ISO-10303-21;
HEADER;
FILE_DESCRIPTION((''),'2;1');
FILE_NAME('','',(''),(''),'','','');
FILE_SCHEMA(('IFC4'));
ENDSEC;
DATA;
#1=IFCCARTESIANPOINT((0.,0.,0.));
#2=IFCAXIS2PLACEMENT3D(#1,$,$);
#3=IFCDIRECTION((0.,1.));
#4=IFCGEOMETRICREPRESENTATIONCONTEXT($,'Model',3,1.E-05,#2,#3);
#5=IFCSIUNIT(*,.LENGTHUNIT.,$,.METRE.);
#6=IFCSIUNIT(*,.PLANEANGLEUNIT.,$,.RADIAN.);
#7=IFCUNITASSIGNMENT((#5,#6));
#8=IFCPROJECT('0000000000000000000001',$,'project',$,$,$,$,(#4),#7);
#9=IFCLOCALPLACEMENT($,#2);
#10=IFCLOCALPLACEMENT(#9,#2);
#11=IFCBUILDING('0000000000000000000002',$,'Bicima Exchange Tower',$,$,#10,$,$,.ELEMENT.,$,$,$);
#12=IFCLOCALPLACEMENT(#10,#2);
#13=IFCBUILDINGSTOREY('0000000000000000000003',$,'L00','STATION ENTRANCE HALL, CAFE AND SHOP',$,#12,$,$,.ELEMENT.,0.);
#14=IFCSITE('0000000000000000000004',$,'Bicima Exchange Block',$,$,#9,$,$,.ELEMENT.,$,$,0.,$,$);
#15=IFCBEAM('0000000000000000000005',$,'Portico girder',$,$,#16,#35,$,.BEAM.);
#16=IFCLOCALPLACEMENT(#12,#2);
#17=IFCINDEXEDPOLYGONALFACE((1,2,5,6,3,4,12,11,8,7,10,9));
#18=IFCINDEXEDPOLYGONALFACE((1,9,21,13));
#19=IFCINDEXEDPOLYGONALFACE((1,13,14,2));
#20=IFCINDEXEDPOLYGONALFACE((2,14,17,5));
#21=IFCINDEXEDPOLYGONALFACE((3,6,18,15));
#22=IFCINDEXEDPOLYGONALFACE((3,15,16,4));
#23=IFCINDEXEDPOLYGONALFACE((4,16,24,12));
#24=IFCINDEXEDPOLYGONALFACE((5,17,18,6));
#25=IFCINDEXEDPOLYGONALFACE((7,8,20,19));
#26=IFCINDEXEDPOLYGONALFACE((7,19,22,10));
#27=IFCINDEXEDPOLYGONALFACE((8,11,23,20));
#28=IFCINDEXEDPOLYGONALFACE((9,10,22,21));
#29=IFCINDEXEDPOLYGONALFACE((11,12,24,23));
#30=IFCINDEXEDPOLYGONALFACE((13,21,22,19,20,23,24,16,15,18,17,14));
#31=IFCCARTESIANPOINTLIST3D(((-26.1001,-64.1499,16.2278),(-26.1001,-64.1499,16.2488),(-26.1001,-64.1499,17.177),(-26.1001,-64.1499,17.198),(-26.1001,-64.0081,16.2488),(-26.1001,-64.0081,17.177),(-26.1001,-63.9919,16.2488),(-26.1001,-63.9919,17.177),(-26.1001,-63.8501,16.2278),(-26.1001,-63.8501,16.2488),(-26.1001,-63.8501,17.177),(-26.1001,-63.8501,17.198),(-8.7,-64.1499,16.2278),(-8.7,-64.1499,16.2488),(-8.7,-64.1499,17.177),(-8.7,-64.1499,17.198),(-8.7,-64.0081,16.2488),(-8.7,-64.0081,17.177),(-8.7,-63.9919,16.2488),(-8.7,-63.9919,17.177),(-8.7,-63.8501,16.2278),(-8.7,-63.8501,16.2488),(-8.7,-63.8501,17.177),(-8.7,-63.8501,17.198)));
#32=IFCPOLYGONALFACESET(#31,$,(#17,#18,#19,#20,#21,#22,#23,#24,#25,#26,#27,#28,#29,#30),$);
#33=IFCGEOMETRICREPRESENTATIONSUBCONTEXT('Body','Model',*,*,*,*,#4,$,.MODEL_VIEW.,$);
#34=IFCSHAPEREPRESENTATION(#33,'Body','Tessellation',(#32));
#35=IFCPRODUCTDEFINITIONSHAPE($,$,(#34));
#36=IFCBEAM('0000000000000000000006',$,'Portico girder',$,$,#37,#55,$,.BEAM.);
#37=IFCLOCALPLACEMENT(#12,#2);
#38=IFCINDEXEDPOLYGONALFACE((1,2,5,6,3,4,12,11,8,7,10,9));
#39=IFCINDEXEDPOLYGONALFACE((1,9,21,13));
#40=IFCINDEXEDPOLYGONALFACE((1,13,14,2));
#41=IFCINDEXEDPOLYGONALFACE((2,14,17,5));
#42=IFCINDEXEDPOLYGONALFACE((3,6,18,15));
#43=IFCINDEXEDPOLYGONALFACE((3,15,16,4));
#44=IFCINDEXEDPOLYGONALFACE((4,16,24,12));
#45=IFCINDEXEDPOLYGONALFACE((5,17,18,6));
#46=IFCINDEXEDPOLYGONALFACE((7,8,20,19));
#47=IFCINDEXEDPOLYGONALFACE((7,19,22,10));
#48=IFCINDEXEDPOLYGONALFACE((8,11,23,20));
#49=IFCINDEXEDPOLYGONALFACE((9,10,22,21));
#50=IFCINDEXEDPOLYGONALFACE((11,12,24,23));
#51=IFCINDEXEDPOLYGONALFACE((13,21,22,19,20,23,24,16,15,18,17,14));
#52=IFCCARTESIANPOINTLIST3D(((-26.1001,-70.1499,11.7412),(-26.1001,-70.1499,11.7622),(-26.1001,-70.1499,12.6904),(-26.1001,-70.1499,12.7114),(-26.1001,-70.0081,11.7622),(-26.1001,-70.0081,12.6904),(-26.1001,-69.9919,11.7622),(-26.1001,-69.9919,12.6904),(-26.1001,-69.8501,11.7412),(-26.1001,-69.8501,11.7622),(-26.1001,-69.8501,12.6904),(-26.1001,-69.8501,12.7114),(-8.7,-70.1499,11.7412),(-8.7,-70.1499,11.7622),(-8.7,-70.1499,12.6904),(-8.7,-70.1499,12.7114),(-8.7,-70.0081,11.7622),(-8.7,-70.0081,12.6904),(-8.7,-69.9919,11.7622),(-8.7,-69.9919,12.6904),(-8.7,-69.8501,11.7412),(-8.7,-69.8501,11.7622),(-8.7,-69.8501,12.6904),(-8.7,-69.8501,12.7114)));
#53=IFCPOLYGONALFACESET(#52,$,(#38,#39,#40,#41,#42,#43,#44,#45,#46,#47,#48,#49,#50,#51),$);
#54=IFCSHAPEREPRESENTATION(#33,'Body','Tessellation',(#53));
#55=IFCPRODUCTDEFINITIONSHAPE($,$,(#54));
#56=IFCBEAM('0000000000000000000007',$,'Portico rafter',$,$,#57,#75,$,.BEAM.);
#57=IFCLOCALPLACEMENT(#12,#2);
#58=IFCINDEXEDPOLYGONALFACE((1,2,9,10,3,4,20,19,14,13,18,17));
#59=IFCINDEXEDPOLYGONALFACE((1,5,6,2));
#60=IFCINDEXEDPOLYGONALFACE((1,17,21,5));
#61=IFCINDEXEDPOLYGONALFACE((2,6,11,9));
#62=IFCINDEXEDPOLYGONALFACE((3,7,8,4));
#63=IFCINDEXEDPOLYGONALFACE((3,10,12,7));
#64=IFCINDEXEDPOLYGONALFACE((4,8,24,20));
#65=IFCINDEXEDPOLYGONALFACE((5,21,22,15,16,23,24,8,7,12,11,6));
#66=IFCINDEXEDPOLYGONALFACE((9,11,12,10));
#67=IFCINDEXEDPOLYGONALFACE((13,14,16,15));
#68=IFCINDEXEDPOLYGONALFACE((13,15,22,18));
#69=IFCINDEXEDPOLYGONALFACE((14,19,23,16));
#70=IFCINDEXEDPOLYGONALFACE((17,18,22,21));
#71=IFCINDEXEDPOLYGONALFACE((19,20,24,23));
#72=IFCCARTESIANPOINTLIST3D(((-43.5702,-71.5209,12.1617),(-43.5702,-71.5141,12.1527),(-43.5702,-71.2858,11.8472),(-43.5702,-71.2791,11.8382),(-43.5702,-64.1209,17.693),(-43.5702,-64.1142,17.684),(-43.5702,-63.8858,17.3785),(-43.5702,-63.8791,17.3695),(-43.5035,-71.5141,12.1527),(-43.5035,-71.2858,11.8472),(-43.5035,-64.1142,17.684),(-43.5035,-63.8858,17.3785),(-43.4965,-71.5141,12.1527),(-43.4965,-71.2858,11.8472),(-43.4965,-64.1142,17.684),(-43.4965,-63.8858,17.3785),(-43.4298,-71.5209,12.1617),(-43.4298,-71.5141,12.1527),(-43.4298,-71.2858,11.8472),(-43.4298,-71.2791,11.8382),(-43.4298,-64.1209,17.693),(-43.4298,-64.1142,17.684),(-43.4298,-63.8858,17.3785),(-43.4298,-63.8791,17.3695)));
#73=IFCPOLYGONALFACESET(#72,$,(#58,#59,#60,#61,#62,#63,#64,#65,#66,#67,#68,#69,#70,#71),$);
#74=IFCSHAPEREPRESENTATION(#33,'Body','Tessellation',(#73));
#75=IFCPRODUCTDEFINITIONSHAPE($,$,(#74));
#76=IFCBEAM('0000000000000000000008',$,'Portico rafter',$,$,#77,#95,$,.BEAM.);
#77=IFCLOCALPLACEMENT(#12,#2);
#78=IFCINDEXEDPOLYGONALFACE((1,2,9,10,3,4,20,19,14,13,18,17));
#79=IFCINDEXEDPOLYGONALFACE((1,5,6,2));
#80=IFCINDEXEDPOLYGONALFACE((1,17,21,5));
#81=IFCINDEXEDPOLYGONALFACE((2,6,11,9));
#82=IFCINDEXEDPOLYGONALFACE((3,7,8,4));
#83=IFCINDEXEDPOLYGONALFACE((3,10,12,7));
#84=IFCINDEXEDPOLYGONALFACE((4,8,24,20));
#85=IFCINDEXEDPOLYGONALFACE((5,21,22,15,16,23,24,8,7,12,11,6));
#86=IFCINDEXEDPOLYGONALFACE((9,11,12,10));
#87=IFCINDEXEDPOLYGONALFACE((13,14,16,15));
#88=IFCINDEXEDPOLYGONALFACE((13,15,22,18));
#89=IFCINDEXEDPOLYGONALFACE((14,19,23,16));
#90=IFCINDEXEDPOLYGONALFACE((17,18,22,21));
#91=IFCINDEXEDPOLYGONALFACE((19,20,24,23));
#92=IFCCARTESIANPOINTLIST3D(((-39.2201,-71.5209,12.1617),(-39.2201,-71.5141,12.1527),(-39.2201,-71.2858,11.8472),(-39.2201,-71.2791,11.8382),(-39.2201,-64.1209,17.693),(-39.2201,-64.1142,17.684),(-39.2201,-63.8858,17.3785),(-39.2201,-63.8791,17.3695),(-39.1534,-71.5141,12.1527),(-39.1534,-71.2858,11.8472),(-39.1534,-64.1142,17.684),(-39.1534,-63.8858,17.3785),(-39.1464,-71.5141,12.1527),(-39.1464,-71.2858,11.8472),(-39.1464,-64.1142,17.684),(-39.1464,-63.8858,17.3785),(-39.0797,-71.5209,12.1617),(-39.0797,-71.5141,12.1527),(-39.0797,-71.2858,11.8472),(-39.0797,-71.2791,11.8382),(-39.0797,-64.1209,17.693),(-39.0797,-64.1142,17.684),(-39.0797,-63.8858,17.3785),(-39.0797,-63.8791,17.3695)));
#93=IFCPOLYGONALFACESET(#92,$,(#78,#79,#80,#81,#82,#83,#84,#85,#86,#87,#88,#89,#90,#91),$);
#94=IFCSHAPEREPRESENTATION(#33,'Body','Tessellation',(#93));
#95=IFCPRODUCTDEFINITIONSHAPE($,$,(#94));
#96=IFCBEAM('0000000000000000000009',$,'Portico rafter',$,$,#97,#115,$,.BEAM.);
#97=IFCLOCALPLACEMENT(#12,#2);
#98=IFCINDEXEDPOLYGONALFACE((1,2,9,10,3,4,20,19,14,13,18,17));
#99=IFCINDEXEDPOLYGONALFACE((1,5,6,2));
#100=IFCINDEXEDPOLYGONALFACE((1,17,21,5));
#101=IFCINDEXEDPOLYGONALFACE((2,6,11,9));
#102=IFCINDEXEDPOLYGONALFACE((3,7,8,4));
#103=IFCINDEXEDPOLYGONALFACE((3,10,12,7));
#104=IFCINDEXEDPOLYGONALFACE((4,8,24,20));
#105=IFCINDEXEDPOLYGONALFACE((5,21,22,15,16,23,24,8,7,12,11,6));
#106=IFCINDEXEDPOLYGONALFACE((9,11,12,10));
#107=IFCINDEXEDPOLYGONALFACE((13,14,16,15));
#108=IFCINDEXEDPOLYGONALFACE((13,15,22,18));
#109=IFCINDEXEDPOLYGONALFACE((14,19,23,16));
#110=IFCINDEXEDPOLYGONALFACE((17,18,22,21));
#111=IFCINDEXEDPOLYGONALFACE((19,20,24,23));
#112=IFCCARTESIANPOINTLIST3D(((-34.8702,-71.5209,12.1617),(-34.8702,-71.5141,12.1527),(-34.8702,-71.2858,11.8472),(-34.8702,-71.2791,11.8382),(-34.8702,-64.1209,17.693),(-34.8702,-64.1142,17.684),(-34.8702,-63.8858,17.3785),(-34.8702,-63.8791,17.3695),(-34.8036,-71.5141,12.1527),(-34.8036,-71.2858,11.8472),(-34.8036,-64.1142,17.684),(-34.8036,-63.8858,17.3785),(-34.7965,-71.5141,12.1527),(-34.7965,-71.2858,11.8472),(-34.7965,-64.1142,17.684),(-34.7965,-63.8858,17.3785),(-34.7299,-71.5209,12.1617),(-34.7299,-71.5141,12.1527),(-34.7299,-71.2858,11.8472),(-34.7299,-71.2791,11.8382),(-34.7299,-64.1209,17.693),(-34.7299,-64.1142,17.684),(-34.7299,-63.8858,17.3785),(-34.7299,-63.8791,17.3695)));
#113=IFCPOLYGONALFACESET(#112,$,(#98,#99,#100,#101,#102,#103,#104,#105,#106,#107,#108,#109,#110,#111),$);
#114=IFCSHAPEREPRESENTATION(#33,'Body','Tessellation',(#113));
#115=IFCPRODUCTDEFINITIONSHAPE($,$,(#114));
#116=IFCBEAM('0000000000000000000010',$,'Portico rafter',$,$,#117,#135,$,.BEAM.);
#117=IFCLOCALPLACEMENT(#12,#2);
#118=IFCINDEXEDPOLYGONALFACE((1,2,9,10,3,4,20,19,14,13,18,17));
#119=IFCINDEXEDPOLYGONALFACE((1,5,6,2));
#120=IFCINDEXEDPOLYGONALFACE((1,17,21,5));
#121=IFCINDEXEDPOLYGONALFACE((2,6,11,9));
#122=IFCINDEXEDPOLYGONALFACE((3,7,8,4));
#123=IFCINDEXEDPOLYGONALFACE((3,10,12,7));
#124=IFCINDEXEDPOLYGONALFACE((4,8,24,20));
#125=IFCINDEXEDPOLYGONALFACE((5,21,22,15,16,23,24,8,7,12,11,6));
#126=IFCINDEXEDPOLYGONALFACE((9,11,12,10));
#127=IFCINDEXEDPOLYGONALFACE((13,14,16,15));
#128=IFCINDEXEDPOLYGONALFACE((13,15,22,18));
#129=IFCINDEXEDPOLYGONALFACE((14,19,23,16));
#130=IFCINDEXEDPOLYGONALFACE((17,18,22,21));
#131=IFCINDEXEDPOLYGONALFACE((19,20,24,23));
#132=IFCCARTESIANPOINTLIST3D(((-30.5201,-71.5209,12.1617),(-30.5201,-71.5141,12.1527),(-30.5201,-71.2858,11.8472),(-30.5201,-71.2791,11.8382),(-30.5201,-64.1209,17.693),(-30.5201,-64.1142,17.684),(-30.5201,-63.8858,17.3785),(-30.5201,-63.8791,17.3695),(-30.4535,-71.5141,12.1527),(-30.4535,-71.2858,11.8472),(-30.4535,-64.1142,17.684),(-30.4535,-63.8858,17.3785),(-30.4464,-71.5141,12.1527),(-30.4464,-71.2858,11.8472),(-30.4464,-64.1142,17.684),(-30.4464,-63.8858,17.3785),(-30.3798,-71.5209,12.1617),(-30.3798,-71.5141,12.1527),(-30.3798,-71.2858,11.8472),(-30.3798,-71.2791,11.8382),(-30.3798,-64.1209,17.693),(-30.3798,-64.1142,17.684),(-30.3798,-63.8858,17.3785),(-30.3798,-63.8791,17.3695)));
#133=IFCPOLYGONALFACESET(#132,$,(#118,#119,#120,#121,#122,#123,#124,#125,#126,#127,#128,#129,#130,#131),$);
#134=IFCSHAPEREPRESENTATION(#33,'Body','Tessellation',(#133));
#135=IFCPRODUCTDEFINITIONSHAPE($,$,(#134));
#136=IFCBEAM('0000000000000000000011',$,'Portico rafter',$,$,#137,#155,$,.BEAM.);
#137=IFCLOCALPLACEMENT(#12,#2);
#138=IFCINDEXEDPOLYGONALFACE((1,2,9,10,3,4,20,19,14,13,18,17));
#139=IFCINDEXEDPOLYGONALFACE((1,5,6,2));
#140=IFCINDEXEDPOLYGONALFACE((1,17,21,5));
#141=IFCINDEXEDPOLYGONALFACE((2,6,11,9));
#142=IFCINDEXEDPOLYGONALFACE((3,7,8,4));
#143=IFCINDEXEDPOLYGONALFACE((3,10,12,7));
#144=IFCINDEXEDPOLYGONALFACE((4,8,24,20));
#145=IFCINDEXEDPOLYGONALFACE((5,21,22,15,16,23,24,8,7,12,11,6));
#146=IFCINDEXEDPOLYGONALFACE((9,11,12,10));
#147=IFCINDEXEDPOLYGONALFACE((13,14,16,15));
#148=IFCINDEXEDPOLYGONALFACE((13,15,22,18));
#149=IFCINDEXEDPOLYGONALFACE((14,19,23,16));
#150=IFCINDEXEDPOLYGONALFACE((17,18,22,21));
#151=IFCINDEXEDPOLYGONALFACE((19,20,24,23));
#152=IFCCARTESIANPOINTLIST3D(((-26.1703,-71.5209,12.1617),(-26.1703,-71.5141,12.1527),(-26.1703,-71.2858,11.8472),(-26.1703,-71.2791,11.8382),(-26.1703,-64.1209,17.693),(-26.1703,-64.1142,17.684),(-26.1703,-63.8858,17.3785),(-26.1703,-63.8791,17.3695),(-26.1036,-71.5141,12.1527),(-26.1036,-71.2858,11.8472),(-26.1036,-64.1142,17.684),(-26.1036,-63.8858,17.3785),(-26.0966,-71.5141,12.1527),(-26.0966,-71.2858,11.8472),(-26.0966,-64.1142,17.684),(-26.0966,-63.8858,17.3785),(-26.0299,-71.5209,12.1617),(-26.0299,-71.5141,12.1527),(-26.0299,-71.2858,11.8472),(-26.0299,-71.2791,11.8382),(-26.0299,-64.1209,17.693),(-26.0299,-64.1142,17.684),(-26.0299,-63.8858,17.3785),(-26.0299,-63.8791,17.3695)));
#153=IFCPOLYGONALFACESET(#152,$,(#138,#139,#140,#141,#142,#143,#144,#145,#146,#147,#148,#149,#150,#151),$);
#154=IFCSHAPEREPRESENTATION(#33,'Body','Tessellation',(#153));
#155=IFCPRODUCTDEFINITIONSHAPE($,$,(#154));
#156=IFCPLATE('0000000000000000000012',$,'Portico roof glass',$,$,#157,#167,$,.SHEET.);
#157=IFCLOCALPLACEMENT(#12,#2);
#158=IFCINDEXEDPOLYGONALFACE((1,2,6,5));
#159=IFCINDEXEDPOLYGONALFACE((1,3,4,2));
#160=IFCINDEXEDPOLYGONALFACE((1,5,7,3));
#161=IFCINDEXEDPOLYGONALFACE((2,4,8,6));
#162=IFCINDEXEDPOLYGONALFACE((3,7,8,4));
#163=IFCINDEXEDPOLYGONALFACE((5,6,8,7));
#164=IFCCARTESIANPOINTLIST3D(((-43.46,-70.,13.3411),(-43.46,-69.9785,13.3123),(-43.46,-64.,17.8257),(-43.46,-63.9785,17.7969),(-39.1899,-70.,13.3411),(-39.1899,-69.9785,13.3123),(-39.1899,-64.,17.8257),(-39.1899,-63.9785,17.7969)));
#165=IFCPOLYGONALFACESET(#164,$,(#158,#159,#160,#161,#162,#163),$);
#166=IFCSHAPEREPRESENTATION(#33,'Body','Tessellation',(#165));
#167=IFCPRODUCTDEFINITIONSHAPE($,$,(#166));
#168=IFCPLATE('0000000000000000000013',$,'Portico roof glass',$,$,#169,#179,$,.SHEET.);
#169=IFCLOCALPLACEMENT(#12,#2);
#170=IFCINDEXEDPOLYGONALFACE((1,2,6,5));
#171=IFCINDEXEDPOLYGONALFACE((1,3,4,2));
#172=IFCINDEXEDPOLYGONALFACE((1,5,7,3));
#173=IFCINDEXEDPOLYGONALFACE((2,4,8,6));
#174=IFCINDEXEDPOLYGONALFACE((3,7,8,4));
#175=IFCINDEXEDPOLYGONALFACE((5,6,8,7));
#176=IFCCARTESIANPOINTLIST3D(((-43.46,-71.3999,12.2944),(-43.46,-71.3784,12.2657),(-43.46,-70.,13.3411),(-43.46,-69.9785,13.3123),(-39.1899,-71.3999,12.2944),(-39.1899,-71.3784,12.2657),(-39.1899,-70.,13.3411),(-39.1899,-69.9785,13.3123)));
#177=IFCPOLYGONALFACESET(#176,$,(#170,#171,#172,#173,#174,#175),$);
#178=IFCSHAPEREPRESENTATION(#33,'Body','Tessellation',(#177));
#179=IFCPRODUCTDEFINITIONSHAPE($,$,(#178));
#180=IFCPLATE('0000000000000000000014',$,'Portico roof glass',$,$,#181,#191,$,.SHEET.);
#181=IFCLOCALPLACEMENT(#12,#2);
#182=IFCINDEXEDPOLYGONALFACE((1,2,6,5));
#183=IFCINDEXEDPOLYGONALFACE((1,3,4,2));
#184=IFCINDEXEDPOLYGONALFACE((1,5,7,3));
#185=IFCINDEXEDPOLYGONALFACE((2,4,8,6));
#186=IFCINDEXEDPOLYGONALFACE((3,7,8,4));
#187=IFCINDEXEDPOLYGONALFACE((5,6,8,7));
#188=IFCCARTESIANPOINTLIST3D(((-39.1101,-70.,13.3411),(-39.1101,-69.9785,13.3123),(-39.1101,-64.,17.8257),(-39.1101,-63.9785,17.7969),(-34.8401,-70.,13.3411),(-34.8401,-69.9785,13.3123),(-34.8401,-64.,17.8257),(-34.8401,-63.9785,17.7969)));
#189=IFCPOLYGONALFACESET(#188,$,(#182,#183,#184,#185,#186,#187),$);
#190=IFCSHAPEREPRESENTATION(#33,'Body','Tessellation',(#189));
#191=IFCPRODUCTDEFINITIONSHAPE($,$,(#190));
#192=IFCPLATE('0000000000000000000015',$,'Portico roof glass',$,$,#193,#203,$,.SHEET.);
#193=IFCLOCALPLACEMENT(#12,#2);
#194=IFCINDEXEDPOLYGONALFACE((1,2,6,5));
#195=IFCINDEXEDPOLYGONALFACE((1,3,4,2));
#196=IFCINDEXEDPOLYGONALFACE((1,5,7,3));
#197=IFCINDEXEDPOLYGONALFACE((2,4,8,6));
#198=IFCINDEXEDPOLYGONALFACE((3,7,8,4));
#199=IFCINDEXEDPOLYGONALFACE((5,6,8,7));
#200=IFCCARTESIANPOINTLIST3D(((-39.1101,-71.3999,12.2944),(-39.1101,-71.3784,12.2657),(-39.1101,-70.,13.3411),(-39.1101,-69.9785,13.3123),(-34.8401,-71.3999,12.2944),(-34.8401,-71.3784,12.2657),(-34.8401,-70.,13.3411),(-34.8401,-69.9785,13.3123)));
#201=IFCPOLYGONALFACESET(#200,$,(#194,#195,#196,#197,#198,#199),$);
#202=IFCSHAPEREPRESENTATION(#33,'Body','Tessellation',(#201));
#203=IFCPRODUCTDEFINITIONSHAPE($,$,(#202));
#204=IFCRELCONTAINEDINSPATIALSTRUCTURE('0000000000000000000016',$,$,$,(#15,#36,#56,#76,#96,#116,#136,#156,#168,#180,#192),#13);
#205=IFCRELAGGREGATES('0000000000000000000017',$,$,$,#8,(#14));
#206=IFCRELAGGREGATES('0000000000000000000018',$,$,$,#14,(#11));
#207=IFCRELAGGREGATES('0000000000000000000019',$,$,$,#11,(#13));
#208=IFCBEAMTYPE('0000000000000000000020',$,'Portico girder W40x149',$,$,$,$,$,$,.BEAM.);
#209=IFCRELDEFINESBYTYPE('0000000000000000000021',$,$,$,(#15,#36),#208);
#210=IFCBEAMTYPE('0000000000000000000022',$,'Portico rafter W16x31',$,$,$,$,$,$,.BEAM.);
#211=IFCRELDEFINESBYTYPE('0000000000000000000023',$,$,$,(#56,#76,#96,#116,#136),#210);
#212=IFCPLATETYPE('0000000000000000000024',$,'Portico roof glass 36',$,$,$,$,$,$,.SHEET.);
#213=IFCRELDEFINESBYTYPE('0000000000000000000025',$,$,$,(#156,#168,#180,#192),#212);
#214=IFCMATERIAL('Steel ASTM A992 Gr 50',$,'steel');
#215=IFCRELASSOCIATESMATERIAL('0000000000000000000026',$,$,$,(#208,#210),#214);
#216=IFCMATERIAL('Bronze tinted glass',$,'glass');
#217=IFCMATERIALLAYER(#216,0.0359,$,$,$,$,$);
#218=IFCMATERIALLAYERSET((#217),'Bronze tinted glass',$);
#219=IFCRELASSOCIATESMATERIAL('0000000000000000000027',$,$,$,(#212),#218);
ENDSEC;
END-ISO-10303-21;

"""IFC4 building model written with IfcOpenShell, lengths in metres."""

from ifc_helpers import new_model, si_unit, direction, frame, origin, origin_2d, place, context, subcontext, project, spatial, polyline, i_section, outline, extrude, material, layer, layer_set, material_profile, profile_set, type_object, element, save


model = new_model("IFC4")

# Units and contexts
model_context = context("Model", 3, precision=1e-05, world=origin(), true_north=direction((0.0, 1.0)))
body_context = subcontext(model_context, "Body", "Model", "MODEL_VIEW")
ifc_project = project(units=[si_unit("LENGTHUNIT", "METRE"), si_unit("PLANEANGLEUNIT", "RADIAN")], contexts=[model_context])

# Site, building, storey
site_placement = place(None, origin())
site = spatial("IfcSite", under=ifc_project, at=site_placement, Name="Bicima Exchange Block", CompositionType="ELEMENT", RefElevation=0.0)
building_placement = place(site_placement, origin())
building = spatial("IfcBuilding", under=site, at=building_placement, Name="Bicima Exchange Tower", CompositionType="ELEMENT")
storey_placement = place(building_placement, origin())
storey = spatial("IfcBuildingStorey", under=building, at=storey_placement, Name="L00", Description="STATION ENTRANCE HALL, CAFE AND SHOP", CompositionType="ELEMENT", Elevation=0.0)

# Beams
ifc_material_1 = material(Name="Steel ASTM A992 Gr 50", Category="steel")
ifc_material_profile_1 = material_profile(ifc_material_1, i_section(OverallWidth=0.1404, OverallDepth=0.4038, WebThickness=0.0071, FlangeThickness=0.0112, at=origin_2d()))
ifc_profile_set_1 = profile_set([ifc_material_profile_1], Name="Steel ASTM A992 Gr 50")
ifc_material_profile_2 = material_profile(ifc_material_1, i_section(OverallWidth=0.2998, OverallDepth=0.9702, WebThickness=0.0161, FlangeThickness=0.021, at=origin_2d()))
ifc_profile_set_2 = profile_set([ifc_material_profile_2], Name="Steel ASTM A992 Gr 50")
beam_type_1 = type_object("IfcBeamType", Name="Portico girder W40x149", PredefinedType="BEAM", material=ifc_profile_set_2)
for number, where, z_axis, x_axis, name in (
    (1, (-26.1001, -64.0, 16.7129), (1.0, 0.0, 0.0), (0.0, 1.0, 0.0), "Portico girder"),
    (2, (-26.1001, -70.0, 12.2263), (1.0, 0.0, 0.0), (0.0, 1.0, 0.0), "Portico girder"),
):
    element("IfcBeam", number, at=place(storey_placement, frame(where, z_axis=z_axis, x_axis=x_axis)), inside=storey, type_object=beam_type_1, Name=name, PredefinedType="BEAM", context=body_context, shape_type="SweptSolid", body=[
        extrude(i_section(OverallWidth=0.2998, OverallDepth=0.9702, WebThickness=0.0161, FlangeThickness=0.021, at=origin_2d()), origin(), (0.0, 0.0, 1.0), 17.4001),
    ])
beam_type_2 = type_object("IfcBeamType", Name="Portico rafter W16x31", PredefinedType="BEAM", material=ifc_profile_set_1)
for number, where, z_axis, x_axis, name in (
    (3, (-43.5, -64.0, 17.5312), (0.0, -0.800969, -0.598705), (1.0, 0.0, 0.0), "Portico rafter"),
    (4, (-39.1499, -64.0, 17.5312), (0.0, -0.800969, -0.598705), (1.0, 0.0, 0.0), "Portico rafter"),
    (5, (-34.8, -64.0, 17.5312), (0.0, -0.800969, -0.598705), (1.0, 0.0, 0.0), "Portico rafter"),
    (6, (-30.45, -64.0, 17.5312), (0.0, -0.800969, -0.598705), (1.0, 0.0, 0.0), "Portico rafter"),
    (7, (-26.1001, -64.0, 17.5312), (0.0, -0.800969, -0.598705), (1.0, 0.0, 0.0), "Portico rafter"),
):
    element("IfcBeam", number, at=place(storey_placement, frame(where, z_axis=z_axis, x_axis=x_axis)), inside=storey, type_object=beam_type_2, Name=name, PredefinedType="BEAM", context=body_context, shape_type="SweptSolid", body=[
        extrude(i_section(OverallWidth=0.1404, OverallDepth=0.4038, WebThickness=0.0071, FlangeThickness=0.0112, at=origin_2d()), origin(), (0.0, 0.0, 1.0), 9.2388),
    ])

# Plates
ifc_material_2 = material(Name="Bronze tinted glass", Category="glass")
ifc_layer = layer(ifc_material_2, 0.0359)
ifc_layer_set = layer_set([ifc_layer], Name="Bronze tinted glass")
plate_type = type_object("IfcPlateType", Name="Portico roof glass 36", PredefinedType="SHEET", material=ifc_layer_set)
plate_1_placement = place(storey_placement, frame((-43.46, -64.0, 17.8257), z_axis=(0.0, -0.598685, 0.800985), x_axis=(1.0, 0.0, 0.0)))
element("IfcPlate", 8, at=plate_1_placement, inside=storey, type_object=plate_type, Name="Portico roof glass", PredefinedType="SHEET", context=body_context, shape_type="SweptSolid", body=[
    extrude(outline(polyline([(0.0, 0.0), (4.27, 0.0), (4.27, -7.4908), (0.0, -7.4908), (0.0, 0.0)])), origin(), (0.0, 0.0, -1.0), 0.0359),
])
plate_2_placement = place(storey_placement, frame((-43.46, -70.0, 13.3411), z_axis=(0.0, -0.598793, 0.800904), x_axis=(1.0, 0.0, 0.0)))
element("IfcPlate", 9, at=plate_2_placement, inside=storey, type_object=plate_type, Name="Portico roof glass", PredefinedType="SHEET", context=body_context, shape_type="SweptSolid", body=[
    extrude(outline(polyline([(0.0, 0.0), (4.27, 0.0), (4.27, -1.7479), (0.0, -1.7479), (0.0, 0.0)])), origin(), (0.0, 0.0, -1.0), 0.0359),
])
plate_3_placement = place(storey_placement, frame((-39.1101, -64.0, 17.8257), z_axis=(0.0, -0.598685, 0.800985), x_axis=(1.0, 0.0, 0.0)))
element("IfcPlate", 10, at=plate_3_placement, inside=storey, type_object=plate_type, Name="Portico roof glass", PredefinedType="SHEET", context=body_context, shape_type="SweptSolid", body=[
    extrude(outline(polyline([(0.0, 0.0), (4.27, 0.0), (4.27, -7.4908), (0.0, -7.4908), (0.0, 0.0)])), origin(), (0.0, 0.0, -1.0), 0.0359),
])
plate_4_placement = place(storey_placement, frame((-39.1101, -70.0, 13.3411), z_axis=(0.0, -0.598793, 0.800904), x_axis=(1.0, 0.0, 0.0)))
element("IfcPlate", 11, at=plate_4_placement, inside=storey, type_object=plate_type, Name="Portico roof glass", PredefinedType="SHEET", context=body_context, shape_type="SweptSolid", body=[
    extrude(outline(polyline([(0.0, 0.0), (4.27, 0.0), (4.27, -1.7479), (0.0, -1.7479), (0.0, 0.0)])), origin(), (0.0, 0.0, -1.0), 0.0359),
])

save(model, "model.ifc")
